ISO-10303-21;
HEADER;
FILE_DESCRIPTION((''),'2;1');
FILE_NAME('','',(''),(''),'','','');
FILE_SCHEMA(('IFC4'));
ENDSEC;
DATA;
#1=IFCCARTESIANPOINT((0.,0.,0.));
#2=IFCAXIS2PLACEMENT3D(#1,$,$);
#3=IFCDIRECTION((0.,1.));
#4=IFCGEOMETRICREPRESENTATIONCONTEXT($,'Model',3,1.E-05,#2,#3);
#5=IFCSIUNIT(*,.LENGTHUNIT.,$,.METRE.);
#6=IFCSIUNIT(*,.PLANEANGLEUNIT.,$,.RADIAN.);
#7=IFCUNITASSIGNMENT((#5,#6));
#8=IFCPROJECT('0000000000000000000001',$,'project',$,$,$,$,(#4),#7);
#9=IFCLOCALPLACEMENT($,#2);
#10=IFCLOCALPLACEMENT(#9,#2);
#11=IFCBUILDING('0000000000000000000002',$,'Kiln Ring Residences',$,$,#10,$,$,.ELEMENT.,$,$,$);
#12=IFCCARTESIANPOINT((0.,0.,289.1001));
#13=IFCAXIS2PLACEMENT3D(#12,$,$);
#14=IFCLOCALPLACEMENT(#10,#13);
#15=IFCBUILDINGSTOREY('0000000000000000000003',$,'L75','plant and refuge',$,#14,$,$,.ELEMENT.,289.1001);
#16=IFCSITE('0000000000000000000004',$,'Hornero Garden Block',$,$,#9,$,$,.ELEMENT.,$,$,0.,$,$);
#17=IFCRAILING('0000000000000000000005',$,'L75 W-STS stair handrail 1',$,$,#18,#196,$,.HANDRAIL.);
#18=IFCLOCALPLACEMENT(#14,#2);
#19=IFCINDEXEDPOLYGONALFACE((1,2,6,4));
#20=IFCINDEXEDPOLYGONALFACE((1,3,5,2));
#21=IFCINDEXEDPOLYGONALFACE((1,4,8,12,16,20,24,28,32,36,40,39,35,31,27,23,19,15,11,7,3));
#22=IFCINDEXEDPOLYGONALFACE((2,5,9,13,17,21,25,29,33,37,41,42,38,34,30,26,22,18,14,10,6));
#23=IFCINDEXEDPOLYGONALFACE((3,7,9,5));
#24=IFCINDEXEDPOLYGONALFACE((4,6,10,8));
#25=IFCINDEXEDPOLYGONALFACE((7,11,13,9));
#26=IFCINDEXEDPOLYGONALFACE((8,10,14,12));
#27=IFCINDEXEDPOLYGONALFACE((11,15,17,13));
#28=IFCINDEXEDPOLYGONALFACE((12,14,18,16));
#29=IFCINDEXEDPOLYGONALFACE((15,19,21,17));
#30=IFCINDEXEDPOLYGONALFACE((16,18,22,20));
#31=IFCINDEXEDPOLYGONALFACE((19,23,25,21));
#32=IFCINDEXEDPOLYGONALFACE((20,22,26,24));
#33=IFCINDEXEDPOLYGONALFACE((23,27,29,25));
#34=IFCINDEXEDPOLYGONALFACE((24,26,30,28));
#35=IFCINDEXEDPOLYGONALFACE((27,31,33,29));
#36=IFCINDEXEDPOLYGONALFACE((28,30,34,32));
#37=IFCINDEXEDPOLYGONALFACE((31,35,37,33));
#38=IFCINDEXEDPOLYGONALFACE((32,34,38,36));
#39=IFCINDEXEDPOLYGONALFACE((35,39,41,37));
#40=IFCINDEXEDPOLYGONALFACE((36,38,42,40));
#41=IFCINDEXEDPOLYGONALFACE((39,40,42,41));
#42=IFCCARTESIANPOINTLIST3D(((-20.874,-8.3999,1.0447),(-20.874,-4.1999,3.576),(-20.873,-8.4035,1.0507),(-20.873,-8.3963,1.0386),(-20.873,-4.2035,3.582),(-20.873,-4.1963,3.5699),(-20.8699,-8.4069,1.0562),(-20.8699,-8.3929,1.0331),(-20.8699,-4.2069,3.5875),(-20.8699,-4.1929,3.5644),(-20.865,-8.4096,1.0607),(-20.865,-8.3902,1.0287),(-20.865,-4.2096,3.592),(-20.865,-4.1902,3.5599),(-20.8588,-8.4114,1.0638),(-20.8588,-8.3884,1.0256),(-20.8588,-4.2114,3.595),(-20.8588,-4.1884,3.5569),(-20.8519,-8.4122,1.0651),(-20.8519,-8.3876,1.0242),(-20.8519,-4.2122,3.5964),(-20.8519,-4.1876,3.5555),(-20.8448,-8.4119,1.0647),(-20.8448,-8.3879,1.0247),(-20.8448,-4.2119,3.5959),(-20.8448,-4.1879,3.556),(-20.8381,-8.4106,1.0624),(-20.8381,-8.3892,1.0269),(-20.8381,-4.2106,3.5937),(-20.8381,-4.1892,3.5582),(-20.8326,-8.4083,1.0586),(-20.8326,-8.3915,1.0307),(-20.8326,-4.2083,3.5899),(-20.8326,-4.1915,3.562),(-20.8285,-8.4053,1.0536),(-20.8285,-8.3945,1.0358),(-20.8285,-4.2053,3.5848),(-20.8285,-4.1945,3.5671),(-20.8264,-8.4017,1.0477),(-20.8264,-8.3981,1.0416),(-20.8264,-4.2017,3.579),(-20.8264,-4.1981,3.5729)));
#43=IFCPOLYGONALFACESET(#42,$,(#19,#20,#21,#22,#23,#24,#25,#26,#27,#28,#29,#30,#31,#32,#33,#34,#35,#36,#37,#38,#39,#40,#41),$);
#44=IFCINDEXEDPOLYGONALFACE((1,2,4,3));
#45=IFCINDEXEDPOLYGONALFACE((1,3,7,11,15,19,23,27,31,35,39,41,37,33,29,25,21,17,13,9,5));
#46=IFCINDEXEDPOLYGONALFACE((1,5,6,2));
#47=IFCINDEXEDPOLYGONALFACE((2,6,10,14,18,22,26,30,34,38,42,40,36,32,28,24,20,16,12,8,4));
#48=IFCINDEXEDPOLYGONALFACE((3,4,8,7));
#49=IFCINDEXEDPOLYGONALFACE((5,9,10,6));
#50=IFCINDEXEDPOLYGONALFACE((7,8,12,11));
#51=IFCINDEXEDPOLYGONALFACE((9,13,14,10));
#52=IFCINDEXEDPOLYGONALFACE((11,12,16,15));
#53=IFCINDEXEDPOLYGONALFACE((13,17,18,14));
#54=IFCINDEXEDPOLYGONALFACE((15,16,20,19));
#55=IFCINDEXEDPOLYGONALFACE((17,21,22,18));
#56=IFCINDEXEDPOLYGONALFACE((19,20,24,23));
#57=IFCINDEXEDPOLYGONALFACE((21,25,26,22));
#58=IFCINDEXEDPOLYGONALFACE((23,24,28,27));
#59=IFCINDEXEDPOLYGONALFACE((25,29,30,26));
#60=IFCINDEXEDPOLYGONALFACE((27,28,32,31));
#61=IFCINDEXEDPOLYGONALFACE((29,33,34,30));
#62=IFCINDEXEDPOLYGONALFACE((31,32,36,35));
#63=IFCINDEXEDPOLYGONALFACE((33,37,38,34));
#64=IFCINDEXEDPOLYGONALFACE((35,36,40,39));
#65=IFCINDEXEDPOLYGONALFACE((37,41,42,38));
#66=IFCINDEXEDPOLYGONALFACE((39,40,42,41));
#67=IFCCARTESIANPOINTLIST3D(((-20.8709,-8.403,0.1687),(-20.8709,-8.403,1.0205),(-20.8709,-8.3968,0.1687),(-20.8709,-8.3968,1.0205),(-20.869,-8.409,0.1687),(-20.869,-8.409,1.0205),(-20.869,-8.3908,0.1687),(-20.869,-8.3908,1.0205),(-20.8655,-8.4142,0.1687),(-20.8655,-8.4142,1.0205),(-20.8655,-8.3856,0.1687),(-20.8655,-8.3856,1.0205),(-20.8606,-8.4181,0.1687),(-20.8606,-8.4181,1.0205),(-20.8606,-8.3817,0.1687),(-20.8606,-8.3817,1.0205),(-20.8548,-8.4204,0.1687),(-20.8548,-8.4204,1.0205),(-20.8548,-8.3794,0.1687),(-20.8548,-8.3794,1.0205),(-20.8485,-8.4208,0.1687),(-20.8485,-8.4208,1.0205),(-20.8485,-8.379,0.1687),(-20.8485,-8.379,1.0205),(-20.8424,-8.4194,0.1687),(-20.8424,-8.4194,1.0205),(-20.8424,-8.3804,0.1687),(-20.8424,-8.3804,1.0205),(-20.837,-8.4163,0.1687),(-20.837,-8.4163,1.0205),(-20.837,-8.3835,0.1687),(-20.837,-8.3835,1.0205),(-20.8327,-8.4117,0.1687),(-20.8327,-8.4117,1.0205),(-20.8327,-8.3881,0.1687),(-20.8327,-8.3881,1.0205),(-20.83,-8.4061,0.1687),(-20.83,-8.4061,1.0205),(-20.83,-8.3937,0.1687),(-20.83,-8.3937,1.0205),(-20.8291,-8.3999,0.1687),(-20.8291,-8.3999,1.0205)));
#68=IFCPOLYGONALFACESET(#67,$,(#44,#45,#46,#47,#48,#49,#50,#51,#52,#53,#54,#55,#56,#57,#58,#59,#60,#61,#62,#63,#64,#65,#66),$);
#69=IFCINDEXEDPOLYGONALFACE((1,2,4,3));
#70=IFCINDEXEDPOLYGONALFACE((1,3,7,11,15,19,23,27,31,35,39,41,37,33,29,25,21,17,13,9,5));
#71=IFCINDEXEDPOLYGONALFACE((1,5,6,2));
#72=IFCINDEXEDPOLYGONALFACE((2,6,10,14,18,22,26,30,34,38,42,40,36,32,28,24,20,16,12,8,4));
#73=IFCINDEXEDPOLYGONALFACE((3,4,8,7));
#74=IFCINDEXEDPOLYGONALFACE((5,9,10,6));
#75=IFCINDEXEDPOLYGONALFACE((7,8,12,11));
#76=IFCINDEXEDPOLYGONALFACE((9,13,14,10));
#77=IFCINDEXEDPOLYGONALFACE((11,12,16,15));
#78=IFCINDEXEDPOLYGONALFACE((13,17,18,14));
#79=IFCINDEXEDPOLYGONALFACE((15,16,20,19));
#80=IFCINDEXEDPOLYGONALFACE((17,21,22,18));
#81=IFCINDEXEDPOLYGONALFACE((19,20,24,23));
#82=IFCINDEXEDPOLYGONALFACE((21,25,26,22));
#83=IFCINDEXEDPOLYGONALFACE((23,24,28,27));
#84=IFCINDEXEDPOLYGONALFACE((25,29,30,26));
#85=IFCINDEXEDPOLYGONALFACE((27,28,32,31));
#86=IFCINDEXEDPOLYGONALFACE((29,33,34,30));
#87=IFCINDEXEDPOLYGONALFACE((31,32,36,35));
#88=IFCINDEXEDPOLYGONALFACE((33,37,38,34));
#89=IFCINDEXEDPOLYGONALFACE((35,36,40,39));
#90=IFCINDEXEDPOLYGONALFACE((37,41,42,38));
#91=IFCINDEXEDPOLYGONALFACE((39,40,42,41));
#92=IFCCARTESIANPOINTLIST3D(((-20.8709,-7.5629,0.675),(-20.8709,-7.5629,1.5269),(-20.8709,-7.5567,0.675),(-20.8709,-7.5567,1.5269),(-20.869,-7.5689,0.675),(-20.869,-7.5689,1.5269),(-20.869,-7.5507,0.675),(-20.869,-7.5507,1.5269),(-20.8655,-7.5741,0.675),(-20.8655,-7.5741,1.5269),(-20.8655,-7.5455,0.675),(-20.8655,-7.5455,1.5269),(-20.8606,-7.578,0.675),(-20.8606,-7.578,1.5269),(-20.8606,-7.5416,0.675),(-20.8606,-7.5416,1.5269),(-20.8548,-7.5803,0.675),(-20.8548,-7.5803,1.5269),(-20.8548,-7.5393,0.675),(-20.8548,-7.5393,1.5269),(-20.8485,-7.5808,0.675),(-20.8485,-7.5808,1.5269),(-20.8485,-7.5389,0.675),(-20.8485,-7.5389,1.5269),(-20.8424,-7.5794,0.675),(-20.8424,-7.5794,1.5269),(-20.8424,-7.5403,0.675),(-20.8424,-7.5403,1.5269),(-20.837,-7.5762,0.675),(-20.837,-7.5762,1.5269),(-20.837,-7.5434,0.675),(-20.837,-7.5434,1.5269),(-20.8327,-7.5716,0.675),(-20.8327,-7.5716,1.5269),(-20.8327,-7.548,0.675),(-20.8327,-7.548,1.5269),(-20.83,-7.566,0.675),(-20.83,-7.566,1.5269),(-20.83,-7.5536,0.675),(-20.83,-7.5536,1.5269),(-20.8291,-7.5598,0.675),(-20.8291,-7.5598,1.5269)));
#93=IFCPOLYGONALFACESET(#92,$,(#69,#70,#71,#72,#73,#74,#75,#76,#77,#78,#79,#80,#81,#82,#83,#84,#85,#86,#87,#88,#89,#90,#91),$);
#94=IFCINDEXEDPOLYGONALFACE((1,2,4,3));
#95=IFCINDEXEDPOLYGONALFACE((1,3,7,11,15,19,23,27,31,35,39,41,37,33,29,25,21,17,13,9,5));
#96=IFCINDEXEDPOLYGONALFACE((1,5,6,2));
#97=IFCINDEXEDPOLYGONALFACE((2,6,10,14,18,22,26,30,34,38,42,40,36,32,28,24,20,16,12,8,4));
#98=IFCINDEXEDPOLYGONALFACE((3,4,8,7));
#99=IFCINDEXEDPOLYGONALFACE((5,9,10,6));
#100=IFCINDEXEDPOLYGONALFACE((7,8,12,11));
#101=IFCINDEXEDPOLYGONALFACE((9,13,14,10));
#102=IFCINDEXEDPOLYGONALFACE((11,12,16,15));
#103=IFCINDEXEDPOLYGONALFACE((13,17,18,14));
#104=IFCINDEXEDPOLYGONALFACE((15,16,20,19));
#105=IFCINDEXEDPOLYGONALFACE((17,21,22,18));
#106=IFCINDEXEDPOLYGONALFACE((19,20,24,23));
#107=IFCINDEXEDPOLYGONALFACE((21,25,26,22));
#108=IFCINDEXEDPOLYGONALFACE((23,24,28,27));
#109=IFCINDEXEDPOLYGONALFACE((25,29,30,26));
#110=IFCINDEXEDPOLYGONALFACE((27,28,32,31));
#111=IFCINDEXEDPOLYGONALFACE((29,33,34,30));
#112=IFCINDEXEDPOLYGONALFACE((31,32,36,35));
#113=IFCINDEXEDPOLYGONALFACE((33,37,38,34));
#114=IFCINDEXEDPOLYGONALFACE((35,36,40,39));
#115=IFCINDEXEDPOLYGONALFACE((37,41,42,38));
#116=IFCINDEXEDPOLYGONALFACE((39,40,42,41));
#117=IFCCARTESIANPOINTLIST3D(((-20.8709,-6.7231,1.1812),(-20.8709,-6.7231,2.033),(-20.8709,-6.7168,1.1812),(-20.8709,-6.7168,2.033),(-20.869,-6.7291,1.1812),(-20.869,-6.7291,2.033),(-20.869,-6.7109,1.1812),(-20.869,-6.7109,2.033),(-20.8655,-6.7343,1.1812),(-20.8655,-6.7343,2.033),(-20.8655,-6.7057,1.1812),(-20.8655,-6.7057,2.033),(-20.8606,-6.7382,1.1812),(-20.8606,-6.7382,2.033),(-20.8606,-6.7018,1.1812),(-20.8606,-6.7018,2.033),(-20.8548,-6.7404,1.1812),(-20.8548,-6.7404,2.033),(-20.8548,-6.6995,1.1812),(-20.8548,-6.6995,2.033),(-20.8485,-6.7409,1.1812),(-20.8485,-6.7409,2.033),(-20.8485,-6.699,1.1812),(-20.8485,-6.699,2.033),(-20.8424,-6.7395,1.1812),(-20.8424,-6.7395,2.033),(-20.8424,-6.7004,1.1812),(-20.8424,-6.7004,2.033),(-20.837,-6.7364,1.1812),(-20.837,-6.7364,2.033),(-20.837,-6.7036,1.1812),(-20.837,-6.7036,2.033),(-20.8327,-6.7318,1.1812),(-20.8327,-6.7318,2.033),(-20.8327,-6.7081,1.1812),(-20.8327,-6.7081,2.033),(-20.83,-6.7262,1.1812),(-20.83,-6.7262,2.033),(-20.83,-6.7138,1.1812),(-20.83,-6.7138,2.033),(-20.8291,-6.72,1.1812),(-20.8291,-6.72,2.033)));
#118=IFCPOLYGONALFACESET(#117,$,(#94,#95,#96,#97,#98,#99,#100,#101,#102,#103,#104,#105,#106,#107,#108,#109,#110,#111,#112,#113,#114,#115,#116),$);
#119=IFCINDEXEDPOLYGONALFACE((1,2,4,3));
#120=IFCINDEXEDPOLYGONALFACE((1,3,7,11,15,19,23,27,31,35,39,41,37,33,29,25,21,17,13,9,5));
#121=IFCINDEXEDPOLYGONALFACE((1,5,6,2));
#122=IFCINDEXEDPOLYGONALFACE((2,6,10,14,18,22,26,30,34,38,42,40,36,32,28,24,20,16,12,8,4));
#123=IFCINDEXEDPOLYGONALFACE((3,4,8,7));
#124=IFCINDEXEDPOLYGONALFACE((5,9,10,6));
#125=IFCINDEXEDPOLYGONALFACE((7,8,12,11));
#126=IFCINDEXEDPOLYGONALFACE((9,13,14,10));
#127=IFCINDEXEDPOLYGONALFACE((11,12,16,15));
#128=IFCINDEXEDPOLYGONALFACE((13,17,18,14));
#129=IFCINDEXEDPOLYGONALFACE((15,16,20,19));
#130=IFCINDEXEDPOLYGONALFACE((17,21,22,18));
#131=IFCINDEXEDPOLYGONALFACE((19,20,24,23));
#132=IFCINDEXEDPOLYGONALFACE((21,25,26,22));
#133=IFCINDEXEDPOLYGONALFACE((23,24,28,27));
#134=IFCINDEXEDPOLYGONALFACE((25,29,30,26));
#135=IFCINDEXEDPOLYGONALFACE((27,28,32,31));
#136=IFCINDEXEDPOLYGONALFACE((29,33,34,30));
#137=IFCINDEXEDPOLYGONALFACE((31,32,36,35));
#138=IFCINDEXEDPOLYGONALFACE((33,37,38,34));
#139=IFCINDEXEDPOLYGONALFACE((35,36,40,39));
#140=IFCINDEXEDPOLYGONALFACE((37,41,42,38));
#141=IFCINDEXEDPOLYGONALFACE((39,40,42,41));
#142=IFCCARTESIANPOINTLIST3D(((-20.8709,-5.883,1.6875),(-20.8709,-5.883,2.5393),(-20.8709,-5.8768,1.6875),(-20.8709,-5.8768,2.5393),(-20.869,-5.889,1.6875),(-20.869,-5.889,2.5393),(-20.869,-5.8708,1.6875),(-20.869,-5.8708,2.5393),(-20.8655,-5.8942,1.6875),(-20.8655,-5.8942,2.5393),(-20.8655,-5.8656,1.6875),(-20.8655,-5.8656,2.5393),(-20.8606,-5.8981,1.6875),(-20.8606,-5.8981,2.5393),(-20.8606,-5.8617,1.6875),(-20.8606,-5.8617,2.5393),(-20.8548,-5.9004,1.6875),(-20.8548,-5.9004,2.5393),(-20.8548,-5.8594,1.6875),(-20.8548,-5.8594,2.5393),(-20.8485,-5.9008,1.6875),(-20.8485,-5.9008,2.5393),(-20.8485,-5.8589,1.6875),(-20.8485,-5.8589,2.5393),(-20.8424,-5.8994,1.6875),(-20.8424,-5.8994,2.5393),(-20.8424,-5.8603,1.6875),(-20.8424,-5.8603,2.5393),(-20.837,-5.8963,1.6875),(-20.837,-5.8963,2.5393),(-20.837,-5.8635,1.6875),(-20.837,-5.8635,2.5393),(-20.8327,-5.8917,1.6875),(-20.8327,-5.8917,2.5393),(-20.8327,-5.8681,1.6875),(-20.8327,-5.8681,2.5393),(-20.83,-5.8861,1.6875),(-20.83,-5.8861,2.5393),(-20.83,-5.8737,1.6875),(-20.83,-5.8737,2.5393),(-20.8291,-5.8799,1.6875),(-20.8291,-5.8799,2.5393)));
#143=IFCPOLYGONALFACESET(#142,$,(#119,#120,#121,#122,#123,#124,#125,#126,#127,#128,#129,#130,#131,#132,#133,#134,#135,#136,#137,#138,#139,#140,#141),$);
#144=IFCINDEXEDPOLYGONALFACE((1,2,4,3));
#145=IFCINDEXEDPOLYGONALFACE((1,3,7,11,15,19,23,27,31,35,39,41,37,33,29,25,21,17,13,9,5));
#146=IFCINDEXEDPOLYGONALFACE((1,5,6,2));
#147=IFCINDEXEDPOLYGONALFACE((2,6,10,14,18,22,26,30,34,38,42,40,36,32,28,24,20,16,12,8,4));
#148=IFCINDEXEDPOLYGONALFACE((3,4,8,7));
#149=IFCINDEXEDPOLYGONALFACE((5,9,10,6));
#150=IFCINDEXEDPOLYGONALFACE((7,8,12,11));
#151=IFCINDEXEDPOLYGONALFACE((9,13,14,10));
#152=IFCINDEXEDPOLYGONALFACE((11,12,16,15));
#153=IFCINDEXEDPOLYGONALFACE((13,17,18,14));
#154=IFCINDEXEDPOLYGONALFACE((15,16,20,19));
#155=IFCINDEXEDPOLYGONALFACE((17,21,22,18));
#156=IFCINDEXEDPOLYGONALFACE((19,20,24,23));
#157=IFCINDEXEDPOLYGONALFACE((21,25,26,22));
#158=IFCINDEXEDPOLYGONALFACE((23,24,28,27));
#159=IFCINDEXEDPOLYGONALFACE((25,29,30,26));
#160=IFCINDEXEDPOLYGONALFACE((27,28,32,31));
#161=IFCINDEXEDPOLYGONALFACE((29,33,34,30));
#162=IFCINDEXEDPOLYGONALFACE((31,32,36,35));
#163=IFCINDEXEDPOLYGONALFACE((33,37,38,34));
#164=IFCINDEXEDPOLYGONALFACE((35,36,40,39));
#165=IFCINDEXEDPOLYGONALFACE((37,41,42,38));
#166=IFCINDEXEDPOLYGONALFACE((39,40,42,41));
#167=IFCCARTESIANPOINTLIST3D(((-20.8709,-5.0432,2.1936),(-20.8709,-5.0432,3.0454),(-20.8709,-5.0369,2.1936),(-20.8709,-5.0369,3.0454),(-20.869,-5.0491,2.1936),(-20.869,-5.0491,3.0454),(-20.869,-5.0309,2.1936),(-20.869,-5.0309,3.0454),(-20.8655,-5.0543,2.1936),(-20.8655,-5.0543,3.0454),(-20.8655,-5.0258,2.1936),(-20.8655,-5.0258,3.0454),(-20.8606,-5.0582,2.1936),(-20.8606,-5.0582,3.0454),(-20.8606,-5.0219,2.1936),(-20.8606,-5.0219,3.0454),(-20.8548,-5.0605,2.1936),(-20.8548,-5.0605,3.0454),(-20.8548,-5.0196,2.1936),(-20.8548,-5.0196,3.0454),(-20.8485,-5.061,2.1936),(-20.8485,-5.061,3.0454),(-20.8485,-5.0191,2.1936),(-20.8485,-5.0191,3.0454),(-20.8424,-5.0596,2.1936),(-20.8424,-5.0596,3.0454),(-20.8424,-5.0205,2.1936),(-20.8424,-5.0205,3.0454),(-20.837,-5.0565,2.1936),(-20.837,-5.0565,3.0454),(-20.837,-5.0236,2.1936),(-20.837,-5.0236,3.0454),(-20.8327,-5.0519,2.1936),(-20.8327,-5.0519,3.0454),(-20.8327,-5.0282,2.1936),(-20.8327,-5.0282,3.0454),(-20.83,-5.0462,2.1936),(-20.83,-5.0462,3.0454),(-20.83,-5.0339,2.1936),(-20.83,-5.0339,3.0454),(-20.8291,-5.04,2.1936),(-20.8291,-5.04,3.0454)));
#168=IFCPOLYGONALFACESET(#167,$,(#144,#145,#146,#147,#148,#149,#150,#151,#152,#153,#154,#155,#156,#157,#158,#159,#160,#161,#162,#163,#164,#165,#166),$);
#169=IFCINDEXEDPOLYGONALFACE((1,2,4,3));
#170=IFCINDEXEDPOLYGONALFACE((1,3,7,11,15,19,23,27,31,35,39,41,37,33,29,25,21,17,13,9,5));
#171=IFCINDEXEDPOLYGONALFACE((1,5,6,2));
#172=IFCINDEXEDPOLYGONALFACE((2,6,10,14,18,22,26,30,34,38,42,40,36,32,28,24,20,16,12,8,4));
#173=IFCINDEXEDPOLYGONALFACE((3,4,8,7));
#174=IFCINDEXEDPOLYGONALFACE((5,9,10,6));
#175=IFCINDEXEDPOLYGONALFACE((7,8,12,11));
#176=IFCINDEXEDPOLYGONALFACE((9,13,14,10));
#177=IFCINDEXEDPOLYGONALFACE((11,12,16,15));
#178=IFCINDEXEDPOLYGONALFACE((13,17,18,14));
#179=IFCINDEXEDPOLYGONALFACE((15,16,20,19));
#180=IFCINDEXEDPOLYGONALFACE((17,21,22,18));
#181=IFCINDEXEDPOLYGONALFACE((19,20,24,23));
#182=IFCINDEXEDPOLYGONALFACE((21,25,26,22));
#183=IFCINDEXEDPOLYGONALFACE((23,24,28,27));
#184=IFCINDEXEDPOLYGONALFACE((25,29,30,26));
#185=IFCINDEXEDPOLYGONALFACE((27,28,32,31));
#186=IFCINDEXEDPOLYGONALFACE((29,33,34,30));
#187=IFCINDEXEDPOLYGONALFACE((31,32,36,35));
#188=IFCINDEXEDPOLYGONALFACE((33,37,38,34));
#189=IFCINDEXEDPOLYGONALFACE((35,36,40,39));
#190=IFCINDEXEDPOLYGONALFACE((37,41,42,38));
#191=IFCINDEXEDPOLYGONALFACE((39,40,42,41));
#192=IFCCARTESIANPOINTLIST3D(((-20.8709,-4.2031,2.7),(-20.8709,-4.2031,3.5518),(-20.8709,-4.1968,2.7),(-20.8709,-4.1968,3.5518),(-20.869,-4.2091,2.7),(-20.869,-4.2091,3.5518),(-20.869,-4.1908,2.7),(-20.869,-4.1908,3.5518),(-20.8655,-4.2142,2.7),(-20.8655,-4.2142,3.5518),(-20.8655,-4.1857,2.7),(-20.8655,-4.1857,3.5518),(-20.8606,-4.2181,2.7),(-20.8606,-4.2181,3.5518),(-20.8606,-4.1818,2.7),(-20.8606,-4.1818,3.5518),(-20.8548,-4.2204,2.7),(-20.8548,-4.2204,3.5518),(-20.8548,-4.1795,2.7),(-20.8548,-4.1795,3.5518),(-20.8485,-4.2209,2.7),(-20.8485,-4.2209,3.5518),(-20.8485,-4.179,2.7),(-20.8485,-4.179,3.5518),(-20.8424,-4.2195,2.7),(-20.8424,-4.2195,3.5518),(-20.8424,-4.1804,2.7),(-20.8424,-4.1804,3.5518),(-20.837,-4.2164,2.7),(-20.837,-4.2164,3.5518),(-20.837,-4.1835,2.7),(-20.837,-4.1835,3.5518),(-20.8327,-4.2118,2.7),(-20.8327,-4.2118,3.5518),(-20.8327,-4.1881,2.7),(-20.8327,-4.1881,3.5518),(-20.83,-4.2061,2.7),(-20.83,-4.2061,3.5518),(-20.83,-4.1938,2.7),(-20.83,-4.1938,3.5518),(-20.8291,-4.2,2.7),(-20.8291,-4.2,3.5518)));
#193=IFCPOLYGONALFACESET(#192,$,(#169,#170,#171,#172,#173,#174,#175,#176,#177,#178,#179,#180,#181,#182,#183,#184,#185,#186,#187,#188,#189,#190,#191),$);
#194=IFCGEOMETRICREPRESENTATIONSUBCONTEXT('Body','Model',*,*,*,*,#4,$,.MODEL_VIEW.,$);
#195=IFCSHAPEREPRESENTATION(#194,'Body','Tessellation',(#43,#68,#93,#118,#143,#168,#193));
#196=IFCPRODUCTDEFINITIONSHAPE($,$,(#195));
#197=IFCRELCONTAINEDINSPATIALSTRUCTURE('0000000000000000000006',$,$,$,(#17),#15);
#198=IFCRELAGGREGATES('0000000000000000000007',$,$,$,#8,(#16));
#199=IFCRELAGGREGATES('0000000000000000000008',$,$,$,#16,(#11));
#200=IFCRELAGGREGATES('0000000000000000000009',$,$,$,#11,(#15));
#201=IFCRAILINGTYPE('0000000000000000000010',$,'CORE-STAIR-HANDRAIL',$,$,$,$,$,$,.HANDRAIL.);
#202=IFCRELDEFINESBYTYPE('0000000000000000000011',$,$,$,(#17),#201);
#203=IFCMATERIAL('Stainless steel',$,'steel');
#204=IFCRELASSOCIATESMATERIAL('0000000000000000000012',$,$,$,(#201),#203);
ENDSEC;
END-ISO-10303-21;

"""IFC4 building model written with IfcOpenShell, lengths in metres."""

from ifc_helpers import new_model, si_unit, direction, frame, origin, origin_2d, place, context, subcontext, project, spatial, circle, extrude, material, type_object, element, save


model = new_model("IFC4")

# Units and contexts
model_context = context("Model", 3, precision=1e-05, world=origin(), true_north=direction((0.0, 1.0)))
body_context = subcontext(model_context, "Body", "Model", "MODEL_VIEW")
ifc_project = project(units=[si_unit("LENGTHUNIT", "METRE"), si_unit("PLANEANGLEUNIT", "RADIAN")], contexts=[model_context])

# Site, building, storey
site_placement = place(None, origin())
site = spatial("IfcSite", under=ifc_project, at=site_placement, Name="Hornero Garden Block", CompositionType="ELEMENT", RefElevation=0.0)
building_placement = place(site_placement, origin())
building = spatial("IfcBuilding", under=site, at=building_placement, Name="Kiln Ring Residences", CompositionType="ELEMENT")
storey_placement = place(building_placement, frame((0.0, 0.0, 289.1001)))
storey = spatial("IfcBuildingStorey", under=building, at=storey_placement, Name="L75", Description="plant and refuge", CompositionType="ELEMENT", Elevation=289.1001)

# Railing
ifc_material_1 = material(Name="Stainless steel", Category="steel")
railing_type_1 = type_object("IfcRailingType", Name="CORE-STAIR-HANDRAIL", PredefinedType="HANDRAIL", material=ifc_material_1)
railing_1_placement = place(storey_placement, frame((-20.8501, -8.3999, 0.1687)))
element("IfcRailing", 1, at=railing_1_placement, inside=storey, type_object=railing_type_1, Name="L75 W-STS stair handrail 1", PredefinedType="HANDRAIL", context=body_context, shape_type="SweptSolid", body=[
    extrude(circle(Radius=0.0239, at=origin_2d()), frame((0.0, 0.0, 0.876), z_axis=(0.0, 0.856476, 0.516186), x_axis=(-1.0, 0.0, 0.0)), (0.0, 0.0, 1.0), 4.9038),
    extrude(circle(Radius=0.021, at=origin_2d()), origin(), (0.0, 0.0, 1.0), 0.8518),
    extrude(circle(Radius=0.021, at=origin_2d()), frame((0.0, 0.8401, 0.5063)), (0.0, 0.0, 1.0), 0.8518),
    extrude(circle(Radius=0.021, at=origin_2d()), frame((0.0, 1.6799, 1.0125)), (0.0, 0.0, 1.0), 0.8518),
    extrude(circle(Radius=0.021, at=origin_2d()), frame((0.0, 2.52, 1.5188)), (0.0, 0.0, 1.0), 0.8518),
    extrude(circle(Radius=0.021, at=origin_2d()), frame((0.0, 3.3599, 2.0249)), (0.0, 0.0, 1.0), 0.8518),
    extrude(circle(Radius=0.021, at=origin_2d()), frame((0.0, 4.2, 2.5312)), (0.0, 0.0, 1.0), 0.8518),
])

save(model, "model.ifc")
